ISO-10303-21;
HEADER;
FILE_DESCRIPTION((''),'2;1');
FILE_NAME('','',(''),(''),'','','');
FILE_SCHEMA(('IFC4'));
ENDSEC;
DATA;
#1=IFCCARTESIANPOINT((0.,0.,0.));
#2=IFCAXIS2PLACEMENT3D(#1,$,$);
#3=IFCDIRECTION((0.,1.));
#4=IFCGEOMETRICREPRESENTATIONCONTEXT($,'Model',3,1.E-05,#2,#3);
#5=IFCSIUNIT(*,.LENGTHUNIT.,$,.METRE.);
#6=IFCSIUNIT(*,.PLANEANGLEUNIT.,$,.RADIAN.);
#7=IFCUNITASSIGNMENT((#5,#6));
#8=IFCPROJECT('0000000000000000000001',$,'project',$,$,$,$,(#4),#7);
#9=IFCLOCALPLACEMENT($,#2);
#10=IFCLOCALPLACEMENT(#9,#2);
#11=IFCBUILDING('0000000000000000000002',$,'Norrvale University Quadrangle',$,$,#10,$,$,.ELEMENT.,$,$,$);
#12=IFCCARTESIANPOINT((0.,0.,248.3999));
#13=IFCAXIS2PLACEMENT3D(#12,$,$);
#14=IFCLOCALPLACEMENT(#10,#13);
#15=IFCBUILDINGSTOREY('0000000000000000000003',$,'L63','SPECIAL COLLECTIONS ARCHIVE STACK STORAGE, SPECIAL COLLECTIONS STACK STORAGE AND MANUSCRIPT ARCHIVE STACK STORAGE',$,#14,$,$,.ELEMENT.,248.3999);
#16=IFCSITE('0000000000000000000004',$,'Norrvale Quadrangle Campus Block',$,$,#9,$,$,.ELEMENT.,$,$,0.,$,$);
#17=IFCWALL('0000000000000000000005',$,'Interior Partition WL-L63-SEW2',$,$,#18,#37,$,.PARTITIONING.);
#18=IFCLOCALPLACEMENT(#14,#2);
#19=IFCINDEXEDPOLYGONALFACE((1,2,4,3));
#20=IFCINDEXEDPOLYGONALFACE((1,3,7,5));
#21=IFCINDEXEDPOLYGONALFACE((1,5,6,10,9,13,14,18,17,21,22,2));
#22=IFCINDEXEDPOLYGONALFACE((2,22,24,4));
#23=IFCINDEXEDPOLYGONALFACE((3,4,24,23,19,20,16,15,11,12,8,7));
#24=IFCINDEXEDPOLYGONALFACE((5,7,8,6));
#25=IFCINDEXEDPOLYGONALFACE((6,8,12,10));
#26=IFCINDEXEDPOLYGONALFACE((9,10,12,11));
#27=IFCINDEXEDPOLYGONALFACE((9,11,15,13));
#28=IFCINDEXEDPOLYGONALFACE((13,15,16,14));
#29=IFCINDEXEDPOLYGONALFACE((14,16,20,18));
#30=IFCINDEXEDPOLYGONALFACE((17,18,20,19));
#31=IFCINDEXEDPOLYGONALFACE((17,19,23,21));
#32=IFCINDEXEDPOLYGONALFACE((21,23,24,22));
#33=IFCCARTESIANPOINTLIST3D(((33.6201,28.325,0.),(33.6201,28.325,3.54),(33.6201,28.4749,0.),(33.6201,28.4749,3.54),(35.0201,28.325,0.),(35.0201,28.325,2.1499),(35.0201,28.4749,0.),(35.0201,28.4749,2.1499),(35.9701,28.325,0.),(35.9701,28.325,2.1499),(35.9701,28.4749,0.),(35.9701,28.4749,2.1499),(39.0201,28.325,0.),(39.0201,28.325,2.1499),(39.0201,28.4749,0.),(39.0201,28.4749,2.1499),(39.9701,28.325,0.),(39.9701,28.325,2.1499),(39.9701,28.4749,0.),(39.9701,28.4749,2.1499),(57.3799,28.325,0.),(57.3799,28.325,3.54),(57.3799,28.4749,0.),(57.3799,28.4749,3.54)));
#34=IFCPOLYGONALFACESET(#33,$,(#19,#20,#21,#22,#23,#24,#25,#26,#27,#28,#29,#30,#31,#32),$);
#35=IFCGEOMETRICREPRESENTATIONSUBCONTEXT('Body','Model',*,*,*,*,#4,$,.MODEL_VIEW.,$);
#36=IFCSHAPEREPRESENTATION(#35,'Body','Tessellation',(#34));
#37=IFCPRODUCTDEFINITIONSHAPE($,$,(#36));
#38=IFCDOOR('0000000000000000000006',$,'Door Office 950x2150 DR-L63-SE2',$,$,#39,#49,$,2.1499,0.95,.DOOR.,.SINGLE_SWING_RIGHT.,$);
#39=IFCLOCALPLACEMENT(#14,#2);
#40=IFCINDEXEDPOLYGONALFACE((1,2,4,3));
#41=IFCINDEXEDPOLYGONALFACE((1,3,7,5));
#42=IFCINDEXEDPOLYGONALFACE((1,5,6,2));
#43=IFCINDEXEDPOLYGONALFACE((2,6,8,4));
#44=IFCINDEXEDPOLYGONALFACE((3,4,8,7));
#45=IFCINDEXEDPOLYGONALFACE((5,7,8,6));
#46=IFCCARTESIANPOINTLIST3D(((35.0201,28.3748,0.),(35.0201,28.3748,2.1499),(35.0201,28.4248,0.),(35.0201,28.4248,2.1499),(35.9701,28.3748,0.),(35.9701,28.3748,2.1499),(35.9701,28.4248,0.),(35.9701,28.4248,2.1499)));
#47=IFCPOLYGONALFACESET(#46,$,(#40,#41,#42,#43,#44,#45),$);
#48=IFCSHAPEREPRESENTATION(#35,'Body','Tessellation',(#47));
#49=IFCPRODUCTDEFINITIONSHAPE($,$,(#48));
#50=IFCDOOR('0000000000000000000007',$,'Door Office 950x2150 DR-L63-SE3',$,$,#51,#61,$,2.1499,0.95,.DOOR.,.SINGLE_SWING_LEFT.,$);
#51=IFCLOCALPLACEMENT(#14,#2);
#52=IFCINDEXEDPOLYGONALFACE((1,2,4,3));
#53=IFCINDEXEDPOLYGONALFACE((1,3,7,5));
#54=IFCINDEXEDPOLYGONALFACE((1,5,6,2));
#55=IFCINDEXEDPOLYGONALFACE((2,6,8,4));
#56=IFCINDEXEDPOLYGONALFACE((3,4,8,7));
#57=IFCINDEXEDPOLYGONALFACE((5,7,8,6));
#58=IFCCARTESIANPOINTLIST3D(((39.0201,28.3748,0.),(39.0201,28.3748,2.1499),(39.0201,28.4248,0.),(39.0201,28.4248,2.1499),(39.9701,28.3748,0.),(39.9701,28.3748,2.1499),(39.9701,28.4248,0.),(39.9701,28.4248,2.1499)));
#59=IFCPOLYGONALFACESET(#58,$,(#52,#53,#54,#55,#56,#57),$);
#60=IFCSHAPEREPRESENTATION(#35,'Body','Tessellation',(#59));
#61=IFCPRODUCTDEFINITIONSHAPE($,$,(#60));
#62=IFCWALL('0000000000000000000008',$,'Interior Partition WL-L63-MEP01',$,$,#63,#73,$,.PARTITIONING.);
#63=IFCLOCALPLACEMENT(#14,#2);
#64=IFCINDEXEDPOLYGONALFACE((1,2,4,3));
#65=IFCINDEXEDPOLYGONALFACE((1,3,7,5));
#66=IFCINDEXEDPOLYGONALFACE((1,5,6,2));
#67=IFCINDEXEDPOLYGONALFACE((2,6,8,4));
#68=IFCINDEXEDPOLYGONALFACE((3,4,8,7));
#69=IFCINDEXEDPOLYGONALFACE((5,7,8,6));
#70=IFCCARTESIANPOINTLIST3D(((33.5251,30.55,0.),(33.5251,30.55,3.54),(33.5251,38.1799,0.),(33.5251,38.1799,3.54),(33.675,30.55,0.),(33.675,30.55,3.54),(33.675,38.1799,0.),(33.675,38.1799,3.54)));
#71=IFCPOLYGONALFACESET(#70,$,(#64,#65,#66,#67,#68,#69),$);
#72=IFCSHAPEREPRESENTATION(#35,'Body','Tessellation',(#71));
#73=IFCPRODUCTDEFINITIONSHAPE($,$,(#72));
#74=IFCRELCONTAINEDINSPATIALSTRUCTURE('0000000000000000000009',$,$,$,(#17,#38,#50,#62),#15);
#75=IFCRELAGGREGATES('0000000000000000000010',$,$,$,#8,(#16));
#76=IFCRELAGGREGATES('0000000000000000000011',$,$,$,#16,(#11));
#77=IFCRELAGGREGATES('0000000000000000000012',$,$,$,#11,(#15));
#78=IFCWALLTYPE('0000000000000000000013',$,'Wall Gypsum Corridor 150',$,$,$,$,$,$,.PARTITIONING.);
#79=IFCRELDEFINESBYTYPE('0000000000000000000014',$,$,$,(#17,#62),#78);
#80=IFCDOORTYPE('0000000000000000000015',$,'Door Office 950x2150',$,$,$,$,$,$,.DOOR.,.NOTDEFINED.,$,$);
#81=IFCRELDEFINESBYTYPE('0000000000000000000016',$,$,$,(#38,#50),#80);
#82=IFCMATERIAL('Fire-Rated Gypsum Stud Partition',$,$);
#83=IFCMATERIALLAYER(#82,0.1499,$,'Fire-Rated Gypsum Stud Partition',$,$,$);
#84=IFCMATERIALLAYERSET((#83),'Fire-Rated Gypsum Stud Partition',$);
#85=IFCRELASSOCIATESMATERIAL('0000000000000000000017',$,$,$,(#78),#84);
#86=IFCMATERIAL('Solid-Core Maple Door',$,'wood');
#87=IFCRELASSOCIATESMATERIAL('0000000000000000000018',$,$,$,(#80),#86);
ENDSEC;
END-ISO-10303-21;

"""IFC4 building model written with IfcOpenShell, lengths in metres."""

from ifc_helpers import new_model, si_unit, direction, frame, frame_2d, origin, place, context, subcontext, project, spatial, rectangle, extrude, material, layer, layer_set, type_object, element, fill, save


model = new_model("IFC4")

# Units and contexts
model_context = context("Model", 3, precision=1e-05, world=origin(), true_north=direction((0.0, 1.0)))
body_context = subcontext(model_context, "Body", "Model", "MODEL_VIEW")
ifc_project = project(units=[si_unit("LENGTHUNIT", "METRE"), si_unit("PLANEANGLEUNIT", "RADIAN")], contexts=[model_context])

# Site, building, storey
site_placement = place(None, origin())
site = spatial("IfcSite", under=ifc_project, at=site_placement, Name="Norrvale Quadrangle Campus Block", CompositionType="ELEMENT", RefElevation=0.0)
building_placement = place(site_placement, origin())
building = spatial("IfcBuilding", under=site, at=building_placement, Name="Norrvale University Quadrangle", CompositionType="ELEMENT")
storey_placement = place(building_placement, frame((0.0, 0.0, 248.3999)))
storey = spatial("IfcBuildingStorey", under=building, at=storey_placement, Name="L63", Description="SPECIAL COLLECTIONS ARCHIVE STACK STORAGE, SPECIAL COLLECTIONS STACK STORAGE AND MANUSCRIPT ARCHIVE STACK STORAGE", CompositionType="ELEMENT", Elevation=248.3999)

# Shared definitions
ifc_material_1 = material(Name="Fire-Rated Gypsum Stud Partition")
ifc_layer = layer(ifc_material_1, 0.1499, Name="Fire-Rated Gypsum Stud Partition")
ifc_layer_set = layer_set([ifc_layer], Name="Fire-Rated Gypsum Stud Partition")
wall_type = type_object("IfcWallType", Name="Wall Gypsum Corridor 150", PredefinedType="PARTITIONING", material=ifc_layer_set)

# Wall, openings, doors
wall_1_placement = place(storey_placement, frame((33.6201, 28.3999, 0.0), z_axis=(0.0, 0.0, 1.0), x_axis=(1.0, 0.0, 0.0)))
wall_1 = element("IfcWall", 1, at=wall_1_placement, inside=storey, type_object=wall_type, Name="Interior Partition WL-L63-SEW2", PredefinedType="PARTITIONING", context=body_context, shape_type="SweptSolid", body=[
    extrude(rectangle(XDim=23.7598, YDim=0.1499, at=frame_2d((11.8799, 0.0))), origin(), (0.0, 0.0, 1.0), 3.54),
])
opening_1_placement = place(wall_1_placement, frame((1.3999, 0.0, 0.0)))
opening_1 = element("IfcOpeningElement", 2, at=opening_1_placement, cuts=wall_1, PredefinedType="OPENING", context=body_context, shape_type="SweptSolid", body=[
    extrude(rectangle(XDim=0.95, YDim=2.1499, at=frame_2d((0.4751, 1.075))), frame((0.0, 0.0869, 0.0), z_axis=(0.0, -1.0, 0.0), x_axis=(1.0, 0.0, 0.0)), (0.0, 0.0, 1.0), 0.1738),
])
opening_2_placement = place(wall_1_placement, frame((5.3999, 0.0, 0.0)))
opening_2 = element("IfcOpeningElement", 3, at=opening_2_placement, cuts=wall_1, PredefinedType="OPENING", context=body_context, shape_type="SweptSolid", body=[
    extrude(rectangle(XDim=0.95, YDim=2.1499, at=frame_2d((0.4751, 1.075))), frame((0.0, 0.0869, 0.0), z_axis=(0.0, -1.0, 0.0), x_axis=(1.0, 0.0, 0.0)), (0.0, 0.0, 1.0), 0.1738),
])
ifc_material_2 = material(Name="Solid-Core Maple Door", Category="wood")
door_type = type_object("IfcDoorType", Name="Door Office 950x2150", OperationType="NOTDEFINED", PredefinedType="DOOR", material=ifc_material_2)
door_1_placement = place(opening_1_placement, origin())
door_1 = element("IfcDoor", 4, at=door_1_placement, inside=storey, type_object=door_type, Name="Door Office 950x2150 DR-L63-SE2", OperationType="SINGLE_SWING_RIGHT", OverallHeight=2.1499, OverallWidth=0.95, PredefinedType="DOOR", context=body_context, shape_type="SweptSolid", body=[
    extrude(rectangle(XDim=0.95, YDim=2.1499, at=frame_2d((0.4751, 1.075))), frame((0.0, 0.0249, 0.0), z_axis=(0.0, -1.0, 0.0), x_axis=(1.0, 0.0, 0.0)), (0.0, 0.0, 1.0), 0.05),
])
fill(opening_1, door_1)
door_2_placement = place(opening_2_placement, origin())
door_2 = element("IfcDoor", 5, at=door_2_placement, inside=storey, type_object=door_type, Name="Door Office 950x2150 DR-L63-SE3", OperationType="SINGLE_SWING_LEFT", OverallHeight=2.1499, OverallWidth=0.95, PredefinedType="DOOR", context=body_context, shape_type="SweptSolid", body=[
    extrude(rectangle(XDim=0.95, YDim=2.1499, at=frame_2d((0.4751, 1.075))), frame((0.0, 0.0249, 0.0), z_axis=(0.0, -1.0, 0.0), x_axis=(1.0, 0.0, 0.0)), (0.0, 0.0, 1.0), 0.05),
])
fill(opening_2, door_2)

# Wall
wall_2_placement = place(storey_placement, frame((33.6001, 30.55, 0.0), z_axis=(0.0, 0.0, 1.0), x_axis=(0.0, 1.0, 0.0)))
element("IfcWall", 6, at=wall_2_placement, inside=storey, type_object=wall_type, Name="Interior Partition WL-L63-MEP01", PredefinedType="PARTITIONING", context=body_context, shape_type="SweptSolid", body=[
    extrude(rectangle(XDim=7.6299, YDim=0.1499, at=frame_2d((3.8149, 0.0))), origin(), (0.0, 0.0, 1.0), 3.54),
])

save(model, "model.ifc")
